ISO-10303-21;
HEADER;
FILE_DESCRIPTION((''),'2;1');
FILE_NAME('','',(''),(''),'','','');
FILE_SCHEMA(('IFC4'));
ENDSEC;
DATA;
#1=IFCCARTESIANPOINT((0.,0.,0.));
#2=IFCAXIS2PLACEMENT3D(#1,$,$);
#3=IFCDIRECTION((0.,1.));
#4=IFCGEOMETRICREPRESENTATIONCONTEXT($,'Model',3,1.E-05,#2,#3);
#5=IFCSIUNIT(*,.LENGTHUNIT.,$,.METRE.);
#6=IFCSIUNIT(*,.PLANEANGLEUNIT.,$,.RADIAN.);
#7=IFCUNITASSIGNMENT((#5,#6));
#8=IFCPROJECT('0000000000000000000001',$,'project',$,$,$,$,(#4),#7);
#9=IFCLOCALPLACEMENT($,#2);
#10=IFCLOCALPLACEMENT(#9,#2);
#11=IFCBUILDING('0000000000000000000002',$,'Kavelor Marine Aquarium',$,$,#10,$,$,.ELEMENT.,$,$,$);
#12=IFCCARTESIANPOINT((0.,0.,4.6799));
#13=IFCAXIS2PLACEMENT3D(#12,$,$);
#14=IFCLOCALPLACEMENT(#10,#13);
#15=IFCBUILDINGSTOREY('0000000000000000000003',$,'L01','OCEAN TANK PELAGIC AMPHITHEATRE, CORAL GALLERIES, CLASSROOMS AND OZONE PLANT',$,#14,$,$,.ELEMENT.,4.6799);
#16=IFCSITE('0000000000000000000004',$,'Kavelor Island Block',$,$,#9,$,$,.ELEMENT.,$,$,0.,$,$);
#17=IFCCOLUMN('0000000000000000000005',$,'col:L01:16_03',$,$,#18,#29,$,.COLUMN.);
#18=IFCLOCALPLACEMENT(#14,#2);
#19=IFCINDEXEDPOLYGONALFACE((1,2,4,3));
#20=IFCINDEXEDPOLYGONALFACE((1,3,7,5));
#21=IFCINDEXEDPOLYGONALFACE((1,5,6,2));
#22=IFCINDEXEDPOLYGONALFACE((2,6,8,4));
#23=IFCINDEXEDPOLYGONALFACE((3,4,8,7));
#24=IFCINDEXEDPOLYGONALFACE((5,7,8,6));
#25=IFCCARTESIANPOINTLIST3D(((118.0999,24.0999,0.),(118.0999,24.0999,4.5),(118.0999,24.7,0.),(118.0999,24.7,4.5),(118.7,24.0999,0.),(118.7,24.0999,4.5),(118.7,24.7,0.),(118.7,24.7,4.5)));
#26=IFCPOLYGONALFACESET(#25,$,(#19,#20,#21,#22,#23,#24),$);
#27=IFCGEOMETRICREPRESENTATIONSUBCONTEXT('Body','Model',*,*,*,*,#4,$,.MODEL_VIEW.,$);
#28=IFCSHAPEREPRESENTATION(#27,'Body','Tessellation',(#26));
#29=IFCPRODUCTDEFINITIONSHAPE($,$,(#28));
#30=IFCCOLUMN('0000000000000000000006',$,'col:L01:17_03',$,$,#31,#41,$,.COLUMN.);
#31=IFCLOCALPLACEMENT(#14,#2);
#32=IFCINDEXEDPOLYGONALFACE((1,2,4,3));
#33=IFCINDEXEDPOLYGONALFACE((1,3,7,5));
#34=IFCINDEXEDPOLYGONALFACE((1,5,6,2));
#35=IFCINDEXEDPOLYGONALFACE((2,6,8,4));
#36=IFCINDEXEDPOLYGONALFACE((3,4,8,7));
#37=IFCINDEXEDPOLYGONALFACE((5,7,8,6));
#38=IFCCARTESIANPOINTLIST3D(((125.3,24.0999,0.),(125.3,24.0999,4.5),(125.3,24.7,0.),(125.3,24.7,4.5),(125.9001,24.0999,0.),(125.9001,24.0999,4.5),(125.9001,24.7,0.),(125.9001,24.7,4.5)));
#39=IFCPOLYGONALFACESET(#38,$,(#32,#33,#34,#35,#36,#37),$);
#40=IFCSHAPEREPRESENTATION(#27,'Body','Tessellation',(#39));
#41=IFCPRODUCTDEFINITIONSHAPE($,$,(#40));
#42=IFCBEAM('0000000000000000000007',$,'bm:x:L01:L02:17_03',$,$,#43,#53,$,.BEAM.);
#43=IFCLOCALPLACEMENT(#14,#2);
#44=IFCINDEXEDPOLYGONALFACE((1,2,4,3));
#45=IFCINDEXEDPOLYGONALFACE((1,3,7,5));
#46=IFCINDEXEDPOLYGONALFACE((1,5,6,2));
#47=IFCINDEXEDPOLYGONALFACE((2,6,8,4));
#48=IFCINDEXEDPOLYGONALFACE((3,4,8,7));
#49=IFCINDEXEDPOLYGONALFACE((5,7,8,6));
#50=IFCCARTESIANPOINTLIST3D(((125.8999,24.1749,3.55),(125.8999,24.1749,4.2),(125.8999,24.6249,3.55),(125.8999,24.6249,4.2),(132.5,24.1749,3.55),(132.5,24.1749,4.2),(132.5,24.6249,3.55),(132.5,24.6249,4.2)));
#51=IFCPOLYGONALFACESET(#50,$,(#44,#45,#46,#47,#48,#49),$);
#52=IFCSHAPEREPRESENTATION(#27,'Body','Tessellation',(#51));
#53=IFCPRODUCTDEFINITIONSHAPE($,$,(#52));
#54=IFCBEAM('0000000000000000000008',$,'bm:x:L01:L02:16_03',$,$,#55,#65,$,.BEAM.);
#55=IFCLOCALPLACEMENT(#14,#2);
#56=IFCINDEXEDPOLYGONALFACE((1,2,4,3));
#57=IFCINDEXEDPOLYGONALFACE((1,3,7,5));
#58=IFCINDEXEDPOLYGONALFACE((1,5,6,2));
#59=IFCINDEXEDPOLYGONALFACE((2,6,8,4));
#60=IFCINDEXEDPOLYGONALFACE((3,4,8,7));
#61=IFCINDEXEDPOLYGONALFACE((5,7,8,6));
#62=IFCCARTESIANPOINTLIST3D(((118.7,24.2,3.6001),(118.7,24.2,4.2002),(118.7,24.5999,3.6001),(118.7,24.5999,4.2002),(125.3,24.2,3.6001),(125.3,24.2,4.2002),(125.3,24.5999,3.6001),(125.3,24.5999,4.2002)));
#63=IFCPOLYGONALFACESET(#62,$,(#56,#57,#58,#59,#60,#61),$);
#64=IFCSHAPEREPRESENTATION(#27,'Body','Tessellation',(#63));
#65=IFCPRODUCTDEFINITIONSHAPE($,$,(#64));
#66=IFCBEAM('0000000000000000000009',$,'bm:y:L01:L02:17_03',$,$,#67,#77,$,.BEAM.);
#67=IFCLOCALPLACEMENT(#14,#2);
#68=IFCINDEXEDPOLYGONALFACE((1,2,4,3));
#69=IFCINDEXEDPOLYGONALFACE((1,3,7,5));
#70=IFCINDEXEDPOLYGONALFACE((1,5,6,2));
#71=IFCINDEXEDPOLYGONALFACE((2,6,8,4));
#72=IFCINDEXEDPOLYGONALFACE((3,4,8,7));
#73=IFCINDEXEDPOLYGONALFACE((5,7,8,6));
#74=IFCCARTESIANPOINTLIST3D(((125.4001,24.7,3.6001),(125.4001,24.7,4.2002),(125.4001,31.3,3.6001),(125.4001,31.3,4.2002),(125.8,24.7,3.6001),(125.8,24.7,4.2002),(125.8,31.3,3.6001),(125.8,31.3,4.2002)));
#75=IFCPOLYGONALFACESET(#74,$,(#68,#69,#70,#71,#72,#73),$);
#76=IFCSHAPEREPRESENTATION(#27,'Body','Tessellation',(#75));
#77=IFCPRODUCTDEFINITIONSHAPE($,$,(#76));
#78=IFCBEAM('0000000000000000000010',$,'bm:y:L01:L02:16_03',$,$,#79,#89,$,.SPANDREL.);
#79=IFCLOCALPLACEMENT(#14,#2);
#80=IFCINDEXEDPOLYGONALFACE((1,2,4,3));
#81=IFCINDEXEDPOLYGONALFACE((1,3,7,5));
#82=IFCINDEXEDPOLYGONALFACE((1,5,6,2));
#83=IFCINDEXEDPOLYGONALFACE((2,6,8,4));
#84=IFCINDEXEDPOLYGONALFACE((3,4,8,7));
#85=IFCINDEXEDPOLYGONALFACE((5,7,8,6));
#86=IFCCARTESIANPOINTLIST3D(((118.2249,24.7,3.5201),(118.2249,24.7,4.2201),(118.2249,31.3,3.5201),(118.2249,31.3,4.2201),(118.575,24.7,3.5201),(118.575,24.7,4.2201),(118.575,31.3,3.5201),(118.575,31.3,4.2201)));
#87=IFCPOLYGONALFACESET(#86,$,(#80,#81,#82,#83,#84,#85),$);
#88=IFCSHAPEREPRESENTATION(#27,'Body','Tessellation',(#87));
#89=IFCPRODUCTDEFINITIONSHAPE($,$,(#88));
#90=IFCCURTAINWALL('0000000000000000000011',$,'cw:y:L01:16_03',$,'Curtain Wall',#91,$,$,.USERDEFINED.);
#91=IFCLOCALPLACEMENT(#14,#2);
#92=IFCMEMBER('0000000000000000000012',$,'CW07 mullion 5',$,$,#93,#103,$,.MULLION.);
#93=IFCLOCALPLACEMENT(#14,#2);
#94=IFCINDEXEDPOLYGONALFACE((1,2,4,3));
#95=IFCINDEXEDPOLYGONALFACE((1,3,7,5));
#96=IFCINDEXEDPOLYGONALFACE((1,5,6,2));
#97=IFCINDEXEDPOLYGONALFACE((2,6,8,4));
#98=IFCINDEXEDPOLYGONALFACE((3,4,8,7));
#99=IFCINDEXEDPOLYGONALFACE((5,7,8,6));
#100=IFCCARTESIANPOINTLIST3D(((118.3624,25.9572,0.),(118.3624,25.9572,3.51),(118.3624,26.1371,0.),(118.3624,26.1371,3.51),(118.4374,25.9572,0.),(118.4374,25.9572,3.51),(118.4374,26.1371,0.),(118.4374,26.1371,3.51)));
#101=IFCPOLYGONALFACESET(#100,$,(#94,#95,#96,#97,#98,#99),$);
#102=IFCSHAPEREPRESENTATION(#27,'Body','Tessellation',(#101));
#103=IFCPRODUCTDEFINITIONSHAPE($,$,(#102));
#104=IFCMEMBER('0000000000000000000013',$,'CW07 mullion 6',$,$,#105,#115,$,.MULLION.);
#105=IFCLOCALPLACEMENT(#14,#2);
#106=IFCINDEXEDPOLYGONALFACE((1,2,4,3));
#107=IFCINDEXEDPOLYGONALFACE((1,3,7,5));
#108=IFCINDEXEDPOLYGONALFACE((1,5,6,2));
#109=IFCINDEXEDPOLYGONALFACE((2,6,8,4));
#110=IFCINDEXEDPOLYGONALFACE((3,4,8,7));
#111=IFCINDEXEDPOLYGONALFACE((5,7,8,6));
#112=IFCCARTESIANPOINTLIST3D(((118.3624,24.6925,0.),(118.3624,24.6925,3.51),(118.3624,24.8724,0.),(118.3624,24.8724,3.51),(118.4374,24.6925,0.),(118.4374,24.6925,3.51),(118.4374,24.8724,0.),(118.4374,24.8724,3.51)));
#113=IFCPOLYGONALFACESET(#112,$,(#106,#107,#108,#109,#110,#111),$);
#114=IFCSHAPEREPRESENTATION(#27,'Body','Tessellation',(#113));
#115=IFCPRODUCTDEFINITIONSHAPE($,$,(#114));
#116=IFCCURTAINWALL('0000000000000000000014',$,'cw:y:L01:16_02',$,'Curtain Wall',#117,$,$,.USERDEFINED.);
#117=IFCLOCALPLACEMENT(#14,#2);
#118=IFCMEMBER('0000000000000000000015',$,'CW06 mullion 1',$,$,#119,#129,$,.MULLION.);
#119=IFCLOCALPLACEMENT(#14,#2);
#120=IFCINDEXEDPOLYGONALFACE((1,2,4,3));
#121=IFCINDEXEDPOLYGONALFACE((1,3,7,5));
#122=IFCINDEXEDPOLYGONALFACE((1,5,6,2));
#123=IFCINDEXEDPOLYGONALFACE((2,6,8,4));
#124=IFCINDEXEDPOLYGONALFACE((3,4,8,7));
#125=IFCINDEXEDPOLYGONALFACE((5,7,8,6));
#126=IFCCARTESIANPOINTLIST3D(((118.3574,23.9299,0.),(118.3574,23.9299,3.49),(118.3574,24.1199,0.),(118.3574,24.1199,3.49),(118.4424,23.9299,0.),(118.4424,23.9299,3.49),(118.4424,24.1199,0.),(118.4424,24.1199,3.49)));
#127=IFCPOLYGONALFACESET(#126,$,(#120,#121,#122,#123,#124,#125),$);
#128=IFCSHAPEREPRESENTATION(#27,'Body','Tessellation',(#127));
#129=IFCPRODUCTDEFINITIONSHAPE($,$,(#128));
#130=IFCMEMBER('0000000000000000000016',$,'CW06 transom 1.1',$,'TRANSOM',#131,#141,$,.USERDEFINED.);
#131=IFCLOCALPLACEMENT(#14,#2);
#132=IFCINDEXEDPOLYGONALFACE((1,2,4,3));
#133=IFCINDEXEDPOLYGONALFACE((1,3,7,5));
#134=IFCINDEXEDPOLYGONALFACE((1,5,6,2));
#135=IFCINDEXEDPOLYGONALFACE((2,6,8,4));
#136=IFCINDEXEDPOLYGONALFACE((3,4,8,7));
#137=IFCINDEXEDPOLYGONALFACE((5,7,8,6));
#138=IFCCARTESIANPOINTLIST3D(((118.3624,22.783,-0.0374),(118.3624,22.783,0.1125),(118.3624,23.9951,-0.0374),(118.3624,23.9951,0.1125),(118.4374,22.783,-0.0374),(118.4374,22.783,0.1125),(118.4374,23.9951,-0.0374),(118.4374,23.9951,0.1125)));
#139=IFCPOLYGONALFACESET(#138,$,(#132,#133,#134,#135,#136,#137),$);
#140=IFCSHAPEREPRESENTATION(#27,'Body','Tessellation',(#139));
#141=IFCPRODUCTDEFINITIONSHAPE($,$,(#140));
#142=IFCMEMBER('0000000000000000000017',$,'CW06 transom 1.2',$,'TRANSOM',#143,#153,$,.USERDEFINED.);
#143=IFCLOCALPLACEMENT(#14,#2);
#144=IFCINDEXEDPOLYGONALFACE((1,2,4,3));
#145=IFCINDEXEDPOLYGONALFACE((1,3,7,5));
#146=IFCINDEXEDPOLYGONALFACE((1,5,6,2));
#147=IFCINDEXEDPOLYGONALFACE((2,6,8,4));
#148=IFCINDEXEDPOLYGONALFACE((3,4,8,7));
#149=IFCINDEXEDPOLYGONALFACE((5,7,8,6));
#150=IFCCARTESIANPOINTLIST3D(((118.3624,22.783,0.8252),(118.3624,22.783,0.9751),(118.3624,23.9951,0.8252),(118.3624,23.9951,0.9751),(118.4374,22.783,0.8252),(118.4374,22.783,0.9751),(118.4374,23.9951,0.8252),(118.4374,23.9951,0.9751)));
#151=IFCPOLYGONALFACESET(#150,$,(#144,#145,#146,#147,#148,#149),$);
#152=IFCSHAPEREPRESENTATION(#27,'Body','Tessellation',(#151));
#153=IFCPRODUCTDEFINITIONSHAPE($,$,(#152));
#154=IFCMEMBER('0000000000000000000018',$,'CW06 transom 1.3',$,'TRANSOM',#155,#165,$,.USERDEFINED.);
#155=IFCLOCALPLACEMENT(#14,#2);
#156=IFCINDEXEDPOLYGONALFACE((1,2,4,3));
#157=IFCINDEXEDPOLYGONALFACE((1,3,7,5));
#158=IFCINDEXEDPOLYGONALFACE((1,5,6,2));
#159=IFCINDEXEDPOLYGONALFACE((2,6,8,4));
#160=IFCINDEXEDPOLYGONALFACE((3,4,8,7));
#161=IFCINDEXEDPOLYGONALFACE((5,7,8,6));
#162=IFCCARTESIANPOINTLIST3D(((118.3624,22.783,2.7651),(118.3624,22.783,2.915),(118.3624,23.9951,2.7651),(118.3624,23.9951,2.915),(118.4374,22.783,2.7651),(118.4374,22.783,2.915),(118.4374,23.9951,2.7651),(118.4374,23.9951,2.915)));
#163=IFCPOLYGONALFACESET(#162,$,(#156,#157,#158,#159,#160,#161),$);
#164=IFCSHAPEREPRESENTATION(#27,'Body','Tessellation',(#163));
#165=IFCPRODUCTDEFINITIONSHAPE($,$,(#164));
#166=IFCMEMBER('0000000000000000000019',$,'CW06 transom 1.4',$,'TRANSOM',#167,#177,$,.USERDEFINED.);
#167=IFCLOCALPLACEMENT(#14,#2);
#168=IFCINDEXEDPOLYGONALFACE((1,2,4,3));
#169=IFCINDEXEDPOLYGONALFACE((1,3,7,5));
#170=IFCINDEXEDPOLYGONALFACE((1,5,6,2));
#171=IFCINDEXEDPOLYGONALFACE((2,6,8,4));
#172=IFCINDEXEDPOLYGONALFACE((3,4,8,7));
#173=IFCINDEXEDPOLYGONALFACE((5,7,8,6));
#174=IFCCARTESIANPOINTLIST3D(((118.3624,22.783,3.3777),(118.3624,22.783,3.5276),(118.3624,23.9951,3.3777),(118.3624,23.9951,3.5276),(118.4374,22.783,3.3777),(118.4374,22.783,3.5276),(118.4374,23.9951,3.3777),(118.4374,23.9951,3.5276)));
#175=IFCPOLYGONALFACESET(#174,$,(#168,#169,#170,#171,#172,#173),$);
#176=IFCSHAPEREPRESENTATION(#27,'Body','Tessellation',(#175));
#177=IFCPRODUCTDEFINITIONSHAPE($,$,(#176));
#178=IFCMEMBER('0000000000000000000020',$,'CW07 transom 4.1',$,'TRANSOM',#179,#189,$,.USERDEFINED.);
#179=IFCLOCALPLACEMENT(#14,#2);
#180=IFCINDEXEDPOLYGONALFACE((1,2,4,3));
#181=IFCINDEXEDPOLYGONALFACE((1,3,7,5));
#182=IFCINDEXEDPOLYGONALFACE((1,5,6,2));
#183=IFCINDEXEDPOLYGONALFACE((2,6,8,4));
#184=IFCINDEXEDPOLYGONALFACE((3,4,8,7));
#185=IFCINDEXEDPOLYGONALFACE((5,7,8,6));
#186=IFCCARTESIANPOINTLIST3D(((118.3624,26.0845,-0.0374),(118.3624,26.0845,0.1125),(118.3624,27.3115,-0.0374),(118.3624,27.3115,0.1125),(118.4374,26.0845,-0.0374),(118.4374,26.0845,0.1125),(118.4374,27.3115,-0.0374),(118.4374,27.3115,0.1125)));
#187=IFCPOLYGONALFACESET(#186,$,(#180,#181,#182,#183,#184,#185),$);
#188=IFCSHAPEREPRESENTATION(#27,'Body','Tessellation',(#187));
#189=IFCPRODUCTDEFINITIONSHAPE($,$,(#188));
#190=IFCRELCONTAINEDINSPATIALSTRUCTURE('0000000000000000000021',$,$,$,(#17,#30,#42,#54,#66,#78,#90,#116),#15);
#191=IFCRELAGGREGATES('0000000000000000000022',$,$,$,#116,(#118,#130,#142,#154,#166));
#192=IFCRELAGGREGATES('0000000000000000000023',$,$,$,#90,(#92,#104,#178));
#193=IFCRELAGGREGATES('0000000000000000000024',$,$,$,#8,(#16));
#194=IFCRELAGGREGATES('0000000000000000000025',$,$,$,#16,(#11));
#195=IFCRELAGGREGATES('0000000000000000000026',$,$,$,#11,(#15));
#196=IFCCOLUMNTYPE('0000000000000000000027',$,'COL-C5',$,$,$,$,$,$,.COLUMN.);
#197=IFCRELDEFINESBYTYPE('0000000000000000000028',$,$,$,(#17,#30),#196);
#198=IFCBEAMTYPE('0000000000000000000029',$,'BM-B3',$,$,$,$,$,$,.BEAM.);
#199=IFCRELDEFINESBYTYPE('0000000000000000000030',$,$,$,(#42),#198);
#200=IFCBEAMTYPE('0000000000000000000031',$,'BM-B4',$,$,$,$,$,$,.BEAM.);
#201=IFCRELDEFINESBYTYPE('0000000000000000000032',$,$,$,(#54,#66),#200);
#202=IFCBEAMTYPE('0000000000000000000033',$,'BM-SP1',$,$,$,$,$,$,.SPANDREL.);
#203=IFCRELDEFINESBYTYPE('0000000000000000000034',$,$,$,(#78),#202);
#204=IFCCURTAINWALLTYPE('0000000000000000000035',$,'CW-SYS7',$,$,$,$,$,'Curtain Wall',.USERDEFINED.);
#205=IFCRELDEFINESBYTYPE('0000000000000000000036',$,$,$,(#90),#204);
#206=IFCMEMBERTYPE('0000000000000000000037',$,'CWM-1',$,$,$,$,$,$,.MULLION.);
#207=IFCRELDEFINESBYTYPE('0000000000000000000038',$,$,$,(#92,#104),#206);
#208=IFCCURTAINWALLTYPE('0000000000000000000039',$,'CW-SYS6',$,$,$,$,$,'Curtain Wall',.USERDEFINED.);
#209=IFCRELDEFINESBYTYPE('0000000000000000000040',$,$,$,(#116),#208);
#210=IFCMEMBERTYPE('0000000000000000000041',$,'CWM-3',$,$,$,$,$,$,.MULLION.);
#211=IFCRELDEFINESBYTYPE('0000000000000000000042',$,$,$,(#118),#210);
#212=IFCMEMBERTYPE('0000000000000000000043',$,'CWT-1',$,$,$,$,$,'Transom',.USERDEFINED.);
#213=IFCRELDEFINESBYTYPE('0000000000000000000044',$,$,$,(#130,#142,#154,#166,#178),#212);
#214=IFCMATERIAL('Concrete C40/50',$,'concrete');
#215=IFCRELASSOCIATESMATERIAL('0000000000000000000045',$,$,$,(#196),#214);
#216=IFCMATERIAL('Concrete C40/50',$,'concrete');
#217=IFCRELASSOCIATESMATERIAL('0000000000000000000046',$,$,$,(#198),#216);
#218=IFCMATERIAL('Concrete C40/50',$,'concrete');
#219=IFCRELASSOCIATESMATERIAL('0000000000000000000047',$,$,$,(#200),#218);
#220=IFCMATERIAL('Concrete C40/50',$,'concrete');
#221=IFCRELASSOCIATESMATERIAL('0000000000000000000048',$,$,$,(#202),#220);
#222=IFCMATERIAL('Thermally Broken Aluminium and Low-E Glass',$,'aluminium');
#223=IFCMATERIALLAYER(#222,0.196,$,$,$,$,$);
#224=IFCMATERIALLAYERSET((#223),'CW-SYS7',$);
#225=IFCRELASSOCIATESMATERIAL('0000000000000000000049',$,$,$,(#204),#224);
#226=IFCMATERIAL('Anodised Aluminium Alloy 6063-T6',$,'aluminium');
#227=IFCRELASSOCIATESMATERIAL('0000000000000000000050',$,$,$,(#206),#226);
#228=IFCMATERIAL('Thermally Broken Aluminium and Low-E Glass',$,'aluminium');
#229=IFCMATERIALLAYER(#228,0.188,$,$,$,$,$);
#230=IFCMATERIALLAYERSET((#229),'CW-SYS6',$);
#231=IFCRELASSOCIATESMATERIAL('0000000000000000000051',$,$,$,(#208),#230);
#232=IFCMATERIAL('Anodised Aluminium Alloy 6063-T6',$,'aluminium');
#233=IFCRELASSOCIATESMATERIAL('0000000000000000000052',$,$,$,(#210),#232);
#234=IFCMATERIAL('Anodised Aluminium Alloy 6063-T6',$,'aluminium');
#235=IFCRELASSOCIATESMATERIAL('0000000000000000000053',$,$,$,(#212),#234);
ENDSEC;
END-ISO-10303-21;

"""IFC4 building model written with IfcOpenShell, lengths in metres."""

from ifc_helpers import new_model, si_unit, direction, frame, origin, origin_2d, place, context, subcontext, project, spatial, rectangle, extrude, material, layer, layer_set, material_profile, profile_set, type_object, element, aggregate, save


model = new_model("IFC4")

# Units and contexts
model_context = context("Model", 3, precision=1e-05, world=origin(), true_north=direction((0.0, 1.0)))
body_context = subcontext(model_context, "Body", "Model", "MODEL_VIEW")
ifc_project = project(units=[si_unit("LENGTHUNIT", "METRE"), si_unit("PLANEANGLEUNIT", "RADIAN")], contexts=[model_context])

# Site, building, storey
site_placement = place(None, origin())
site = spatial("IfcSite", under=ifc_project, at=site_placement, Name="Kavelor Island Block", CompositionType="ELEMENT", RefElevation=0.0)
building_placement = place(site_placement, origin())
building = spatial("IfcBuilding", under=site, at=building_placement, Name="Kavelor Marine Aquarium", CompositionType="ELEMENT")
storey_placement = place(building_placement, frame((0.0, 0.0, 4.6799)))
storey = spatial("IfcBuildingStorey", under=building, at=storey_placement, Name="L01", Description="OCEAN TANK PELAGIC AMPHITHEATRE, CORAL GALLERIES, CLASSROOMS AND OZONE PLANT", CompositionType="ELEMENT", Elevation=4.6799)

# Columns
ifc_material_1 = material(Name="Concrete C40/50", Category="concrete")
ifc_material_profile_1 = material_profile(ifc_material_1, rectangle(XDim=0.6001, YDim=0.6001, at=origin_2d()), Name="RC-COL 600x600")
ifc_profile_set_1 = profile_set([ifc_material_profile_1], Name="Concrete C40/50")
column_type = type_object("IfcColumnType", Name="COL-C5", PredefinedType="COLUMN", material=ifc_profile_set_1)
for number, where, z_axis, x_axis, name in (
    (1, (118.3999, 24.3999, 0.0), (0.0, 0.0, 1.0), (1.0, 0.0, 0.0), "col:L01:16_03"),
    (2, (125.6001, 24.3999, 0.0), (0.0, 0.0, 1.0), (1.0, 0.0, 0.0), "col:L01:17_03"),
):
    element("IfcColumn", number, at=place(storey_placement, frame(where, z_axis=z_axis, x_axis=x_axis)), inside=storey, type_object=column_type, Name=name, PredefinedType="COLUMN", context=body_context, shape_type="SweptSolid", body=[
        extrude(rectangle(XDim=0.6001, YDim=0.6001, at=origin_2d()), origin(), (0.0, 0.0, 1.0), 4.5),
    ])

# Beams
ifc_material_2 = material(Name="Concrete C40/50", Category="concrete")
ifc_material_profile_2 = material_profile(ifc_material_2, rectangle(XDim=0.45, YDim=0.6499, at=origin_2d()), Name="RC-BM 450x650")
ifc_profile_set_2 = profile_set([ifc_material_profile_2], Name="Concrete C40/50")
beam_type_1 = type_object("IfcBeamType", Name="BM-B3", PredefinedType="BEAM", material=ifc_profile_set_2)
beam_1_placement = place(storey_placement, frame((125.8999, 24.3999, 3.875), z_axis=(1.0, 0.0, 0.0), x_axis=(0.0, 1.0, 0.0)))
element("IfcBeam", 3, at=beam_1_placement, inside=storey, type_object=beam_type_1, Name="bm:x:L01:L02:17_03", PredefinedType="BEAM", context=body_context, shape_type="SweptSolid", body=[
    extrude(rectangle(XDim=0.45, YDim=0.6499, at=origin_2d()), origin(), (0.0, 0.0, 1.0), 6.6001),
])
ifc_material_3 = material(Name="Concrete C40/50", Category="concrete")
ifc_material_profile_3 = material_profile(ifc_material_3, rectangle(XDim=0.3999, YDim=0.6001, at=origin_2d()), Name="RC-BM 400x600")
ifc_profile_set_3 = profile_set([ifc_material_profile_3], Name="Concrete C40/50")
beam_type_2 = type_object("IfcBeamType", Name="BM-B4", PredefinedType="BEAM", material=ifc_profile_set_3)
for number, where, z_axis, x_axis, name in (
    (4, (118.7, 24.3999, 3.9001), (1.0, 0.0, 0.0), (0.0, 1.0, 0.0), "bm:x:L01:L02:16_03"),
    (5, (125.6001, 24.7, 3.9001), (0.0, 1.0, 0.0), (-1.0, 0.0, 0.0), "bm:y:L01:L02:17_03"),
):
    element("IfcBeam", number, at=place(storey_placement, frame(where, z_axis=z_axis, x_axis=x_axis)), inside=storey, type_object=beam_type_2, Name=name, PredefinedType="BEAM", context=body_context, shape_type="SweptSolid", body=[
        extrude(rectangle(XDim=0.3999, YDim=0.6001, at=origin_2d()), origin(), (0.0, 0.0, 1.0), 6.6001),
    ])
ifc_material_4 = material(Name="Concrete C40/50", Category="concrete")
ifc_material_profile_4 = material_profile(ifc_material_4, rectangle(XDim=0.3501, YDim=0.7, at=origin_2d()), Name="RC-SP 350x700")
ifc_profile_set_4 = profile_set([ifc_material_profile_4], Name="Concrete C40/50")
beam_type_3 = type_object("IfcBeamType", Name="BM-SP1", PredefinedType="SPANDREL", material=ifc_profile_set_4)
beam_2_placement = place(storey_placement, frame((118.3999, 24.7, 3.8701), z_axis=(0.0, 1.0, 0.0), x_axis=(-1.0, 0.0, 0.0)))
element("IfcBeam", 6, at=beam_2_placement, inside=storey, type_object=beam_type_3, Name="bm:y:L01:L02:16_03", PredefinedType="SPANDREL", context=body_context, shape_type="SweptSolid", body=[
    extrude(rectangle(XDim=0.3501, YDim=0.7, at=origin_2d()), origin(), (0.0, 0.0, 1.0), 6.6001),
])

# Curtain walls, members
ifc_material_5 = material(Name="Thermally Broken Aluminium and Low-E Glass", Category="aluminium")
ifc_layer_1 = layer(ifc_material_5, 0.196)
ifc_layer_set_1 = layer_set([ifc_layer_1], Name="CW-SYS7")
curtain_wall_type_1 = type_object("IfcCurtainWallType", Name="CW-SYS7", ElementType="Curtain Wall", PredefinedType="USERDEFINED", material=ifc_layer_set_1)
curtain_wall_1_placement = place(storey_placement, origin())
curtain_wall_1 = element("IfcCurtainWall", 7, at=curtain_wall_1_placement, inside=storey, type_object=curtain_wall_type_1, Name="cw:y:L01:16_03", ObjectType="Curtain Wall", PredefinedType="USERDEFINED")
ifc_material_6 = material(Name="Anodised Aluminium Alloy 6063-T6", Category="aluminium")
ifc_material_profile_5 = material_profile(ifc_material_6, rectangle(XDim=0.075, YDim=0.1799, at=origin_2d()), Name="CW-MUL 75x180")
ifc_profile_set_5 = profile_set([ifc_material_profile_5], Name="Anodised Aluminium Alloy 6063-T6")
member_type_1 = type_object("IfcMemberType", Name="CWM-1", PredefinedType="MULLION", material=ifc_profile_set_5)
member_1_placement = place(storey_placement, frame((118.3999, 26.0471, 0.0), z_axis=(0.0, 0.0, 1.0), x_axis=(1.0, 0.0, 0.0)))
member_1 = element("IfcMember", 8, at=member_1_placement, type_object=member_type_1, Name="CW07 mullion 5", PredefinedType="MULLION", context=body_context, shape_type="SweptSolid", body=[
    extrude(rectangle(XDim=0.075, YDim=0.1799, at=origin_2d()), origin(), (0.0, 0.0, 1.0), 3.51),
])
member_2_placement = place(storey_placement, frame((118.3999, 24.7825, 0.0), z_axis=(0.0, 0.0, 1.0), x_axis=(1.0, 0.0, 0.0)))
member_2 = element("IfcMember", 9, at=member_2_placement, type_object=member_type_1, Name="CW07 mullion 6", PredefinedType="MULLION", context=body_context, shape_type="SweptSolid", body=[
    extrude(rectangle(XDim=0.075, YDim=0.1799, at=origin_2d()), origin(), (0.0, 0.0, 1.0), 3.51),
])
ifc_material_7 = material(Name="Thermally Broken Aluminium and Low-E Glass", Category="aluminium")
ifc_layer_2 = layer(ifc_material_7, 0.188)
ifc_layer_set_2 = layer_set([ifc_layer_2], Name="CW-SYS6")
curtain_wall_type_2 = type_object("IfcCurtainWallType", Name="CW-SYS6", ElementType="Curtain Wall", PredefinedType="USERDEFINED", material=ifc_layer_set_2)
curtain_wall_2_placement = place(storey_placement, origin())
curtain_wall_2 = element("IfcCurtainWall", 10, at=curtain_wall_2_placement, inside=storey, type_object=curtain_wall_type_2, Name="cw:y:L01:16_02", ObjectType="Curtain Wall", PredefinedType="USERDEFINED")
ifc_material_8 = material(Name="Anodised Aluminium Alloy 6063-T6", Category="aluminium")
ifc_material_profile_6 = material_profile(ifc_material_8, rectangle(XDim=0.085, YDim=0.1899, at=origin_2d()), Name="CW-MUL 85x190")
ifc_profile_set_6 = profile_set([ifc_material_profile_6], Name="Anodised Aluminium Alloy 6063-T6")
member_type_2 = type_object("IfcMemberType", Name="CWM-3", PredefinedType="MULLION", material=ifc_profile_set_6)
member_3_placement = place(storey_placement, frame((118.3999, 24.0249, 0.0), z_axis=(0.0, 0.0, 1.0), x_axis=(1.0, 0.0, 0.0)))
member_3 = element("IfcMember", 11, at=member_3_placement, type_object=member_type_2, Name="CW06 mullion 1", PredefinedType="MULLION", context=body_context, shape_type="SweptSolid", body=[
    extrude(rectangle(XDim=0.085, YDim=0.1899, at=origin_2d()), origin(), (0.0, 0.0, 1.0), 3.49),
])
ifc_material_9 = material(Name="Anodised Aluminium Alloy 6063-T6", Category="aluminium")
ifc_material_profile_7 = material_profile(ifc_material_9, rectangle(XDim=0.075, YDim=0.1499, at=origin_2d()), Name="CW-TRN 75x150")
ifc_profile_set_7 = profile_set([ifc_material_profile_7], Name="Anodised Aluminium Alloy 6063-T6")
member_type_3 = type_object("IfcMemberType", Name="CWT-1", ElementType="Transom", PredefinedType="USERDEFINED", material=ifc_profile_set_7)
member_4_placement = place(storey_placement, frame((118.3999, 23.9951, 0.0376), z_axis=(0.0, -1.0, 0.0), x_axis=(1.0, 0.0, 0.0)))
member_4 = element("IfcMember", 12, at=member_4_placement, type_object=member_type_3, Name="CW06 transom 1.1", ObjectType="TRANSOM", PredefinedType="USERDEFINED", context=body_context, shape_type="SweptSolid", body=[
    extrude(rectangle(XDim=0.075, YDim=0.1499, at=origin_2d()), origin(), (0.0, 0.0, 1.0), 1.2122),
])
member_5_placement = place(storey_placement, frame((118.3999, 23.9951, 0.9001), z_axis=(0.0, -1.0, 0.0), x_axis=(1.0, 0.0, 0.0)))
member_5 = element("IfcMember", 13, at=member_5_placement, type_object=member_type_3, Name="CW06 transom 1.2", ObjectType="TRANSOM", PredefinedType="USERDEFINED", context=body_context, shape_type="SweptSolid", body=[
    extrude(rectangle(XDim=0.075, YDim=0.1499, at=origin_2d()), origin(), (0.0, 0.0, 1.0), 1.2122),
])
member_6_placement = place(storey_placement, frame((118.3999, 23.9951, 2.8401), z_axis=(0.0, -1.0, 0.0), x_axis=(1.0, 0.0, 0.0)))
member_6 = element("IfcMember", 14, at=member_6_placement, type_object=member_type_3, Name="CW06 transom 1.3", ObjectType="TRANSOM", PredefinedType="USERDEFINED", context=body_context, shape_type="SweptSolid", body=[
    extrude(rectangle(XDim=0.075, YDim=0.1499, at=origin_2d()), origin(), (0.0, 0.0, 1.0), 1.2122),
])
member_7_placement = place(storey_placement, frame((118.3999, 23.9951, 3.4526), z_axis=(0.0, -1.0, 0.0), x_axis=(1.0, 0.0, 0.0)))
member_7 = element("IfcMember", 15, at=member_7_placement, type_object=member_type_3, Name="CW06 transom 1.4", ObjectType="TRANSOM", PredefinedType="USERDEFINED", context=body_context, shape_type="SweptSolid", body=[
    extrude(rectangle(XDim=0.075, YDim=0.1499, at=origin_2d()), origin(), (0.0, 0.0, 1.0), 1.2122),
])

# Member
member_8_placement = place(storey_placement, frame((118.3999, 27.3115, 0.0376), z_axis=(0.0, -1.0, 0.0), x_axis=(1.0, 0.0, 0.0)))
member_8 = element("IfcMember", 16, at=member_8_placement, type_object=member_type_3, Name="CW07 transom 4.1", ObjectType="TRANSOM", PredefinedType="USERDEFINED", context=body_context, shape_type="SweptSolid", body=[
    extrude(rectangle(XDim=0.075, YDim=0.1499, at=origin_2d()), origin(), (0.0, 0.0, 1.0), 1.2271),
])

aggregate(curtain_wall_2, [member_3, member_4, member_5, member_6, member_7])
aggregate(curtain_wall_1, [member_1, member_2, member_8])

save(model, "model.ifc")
